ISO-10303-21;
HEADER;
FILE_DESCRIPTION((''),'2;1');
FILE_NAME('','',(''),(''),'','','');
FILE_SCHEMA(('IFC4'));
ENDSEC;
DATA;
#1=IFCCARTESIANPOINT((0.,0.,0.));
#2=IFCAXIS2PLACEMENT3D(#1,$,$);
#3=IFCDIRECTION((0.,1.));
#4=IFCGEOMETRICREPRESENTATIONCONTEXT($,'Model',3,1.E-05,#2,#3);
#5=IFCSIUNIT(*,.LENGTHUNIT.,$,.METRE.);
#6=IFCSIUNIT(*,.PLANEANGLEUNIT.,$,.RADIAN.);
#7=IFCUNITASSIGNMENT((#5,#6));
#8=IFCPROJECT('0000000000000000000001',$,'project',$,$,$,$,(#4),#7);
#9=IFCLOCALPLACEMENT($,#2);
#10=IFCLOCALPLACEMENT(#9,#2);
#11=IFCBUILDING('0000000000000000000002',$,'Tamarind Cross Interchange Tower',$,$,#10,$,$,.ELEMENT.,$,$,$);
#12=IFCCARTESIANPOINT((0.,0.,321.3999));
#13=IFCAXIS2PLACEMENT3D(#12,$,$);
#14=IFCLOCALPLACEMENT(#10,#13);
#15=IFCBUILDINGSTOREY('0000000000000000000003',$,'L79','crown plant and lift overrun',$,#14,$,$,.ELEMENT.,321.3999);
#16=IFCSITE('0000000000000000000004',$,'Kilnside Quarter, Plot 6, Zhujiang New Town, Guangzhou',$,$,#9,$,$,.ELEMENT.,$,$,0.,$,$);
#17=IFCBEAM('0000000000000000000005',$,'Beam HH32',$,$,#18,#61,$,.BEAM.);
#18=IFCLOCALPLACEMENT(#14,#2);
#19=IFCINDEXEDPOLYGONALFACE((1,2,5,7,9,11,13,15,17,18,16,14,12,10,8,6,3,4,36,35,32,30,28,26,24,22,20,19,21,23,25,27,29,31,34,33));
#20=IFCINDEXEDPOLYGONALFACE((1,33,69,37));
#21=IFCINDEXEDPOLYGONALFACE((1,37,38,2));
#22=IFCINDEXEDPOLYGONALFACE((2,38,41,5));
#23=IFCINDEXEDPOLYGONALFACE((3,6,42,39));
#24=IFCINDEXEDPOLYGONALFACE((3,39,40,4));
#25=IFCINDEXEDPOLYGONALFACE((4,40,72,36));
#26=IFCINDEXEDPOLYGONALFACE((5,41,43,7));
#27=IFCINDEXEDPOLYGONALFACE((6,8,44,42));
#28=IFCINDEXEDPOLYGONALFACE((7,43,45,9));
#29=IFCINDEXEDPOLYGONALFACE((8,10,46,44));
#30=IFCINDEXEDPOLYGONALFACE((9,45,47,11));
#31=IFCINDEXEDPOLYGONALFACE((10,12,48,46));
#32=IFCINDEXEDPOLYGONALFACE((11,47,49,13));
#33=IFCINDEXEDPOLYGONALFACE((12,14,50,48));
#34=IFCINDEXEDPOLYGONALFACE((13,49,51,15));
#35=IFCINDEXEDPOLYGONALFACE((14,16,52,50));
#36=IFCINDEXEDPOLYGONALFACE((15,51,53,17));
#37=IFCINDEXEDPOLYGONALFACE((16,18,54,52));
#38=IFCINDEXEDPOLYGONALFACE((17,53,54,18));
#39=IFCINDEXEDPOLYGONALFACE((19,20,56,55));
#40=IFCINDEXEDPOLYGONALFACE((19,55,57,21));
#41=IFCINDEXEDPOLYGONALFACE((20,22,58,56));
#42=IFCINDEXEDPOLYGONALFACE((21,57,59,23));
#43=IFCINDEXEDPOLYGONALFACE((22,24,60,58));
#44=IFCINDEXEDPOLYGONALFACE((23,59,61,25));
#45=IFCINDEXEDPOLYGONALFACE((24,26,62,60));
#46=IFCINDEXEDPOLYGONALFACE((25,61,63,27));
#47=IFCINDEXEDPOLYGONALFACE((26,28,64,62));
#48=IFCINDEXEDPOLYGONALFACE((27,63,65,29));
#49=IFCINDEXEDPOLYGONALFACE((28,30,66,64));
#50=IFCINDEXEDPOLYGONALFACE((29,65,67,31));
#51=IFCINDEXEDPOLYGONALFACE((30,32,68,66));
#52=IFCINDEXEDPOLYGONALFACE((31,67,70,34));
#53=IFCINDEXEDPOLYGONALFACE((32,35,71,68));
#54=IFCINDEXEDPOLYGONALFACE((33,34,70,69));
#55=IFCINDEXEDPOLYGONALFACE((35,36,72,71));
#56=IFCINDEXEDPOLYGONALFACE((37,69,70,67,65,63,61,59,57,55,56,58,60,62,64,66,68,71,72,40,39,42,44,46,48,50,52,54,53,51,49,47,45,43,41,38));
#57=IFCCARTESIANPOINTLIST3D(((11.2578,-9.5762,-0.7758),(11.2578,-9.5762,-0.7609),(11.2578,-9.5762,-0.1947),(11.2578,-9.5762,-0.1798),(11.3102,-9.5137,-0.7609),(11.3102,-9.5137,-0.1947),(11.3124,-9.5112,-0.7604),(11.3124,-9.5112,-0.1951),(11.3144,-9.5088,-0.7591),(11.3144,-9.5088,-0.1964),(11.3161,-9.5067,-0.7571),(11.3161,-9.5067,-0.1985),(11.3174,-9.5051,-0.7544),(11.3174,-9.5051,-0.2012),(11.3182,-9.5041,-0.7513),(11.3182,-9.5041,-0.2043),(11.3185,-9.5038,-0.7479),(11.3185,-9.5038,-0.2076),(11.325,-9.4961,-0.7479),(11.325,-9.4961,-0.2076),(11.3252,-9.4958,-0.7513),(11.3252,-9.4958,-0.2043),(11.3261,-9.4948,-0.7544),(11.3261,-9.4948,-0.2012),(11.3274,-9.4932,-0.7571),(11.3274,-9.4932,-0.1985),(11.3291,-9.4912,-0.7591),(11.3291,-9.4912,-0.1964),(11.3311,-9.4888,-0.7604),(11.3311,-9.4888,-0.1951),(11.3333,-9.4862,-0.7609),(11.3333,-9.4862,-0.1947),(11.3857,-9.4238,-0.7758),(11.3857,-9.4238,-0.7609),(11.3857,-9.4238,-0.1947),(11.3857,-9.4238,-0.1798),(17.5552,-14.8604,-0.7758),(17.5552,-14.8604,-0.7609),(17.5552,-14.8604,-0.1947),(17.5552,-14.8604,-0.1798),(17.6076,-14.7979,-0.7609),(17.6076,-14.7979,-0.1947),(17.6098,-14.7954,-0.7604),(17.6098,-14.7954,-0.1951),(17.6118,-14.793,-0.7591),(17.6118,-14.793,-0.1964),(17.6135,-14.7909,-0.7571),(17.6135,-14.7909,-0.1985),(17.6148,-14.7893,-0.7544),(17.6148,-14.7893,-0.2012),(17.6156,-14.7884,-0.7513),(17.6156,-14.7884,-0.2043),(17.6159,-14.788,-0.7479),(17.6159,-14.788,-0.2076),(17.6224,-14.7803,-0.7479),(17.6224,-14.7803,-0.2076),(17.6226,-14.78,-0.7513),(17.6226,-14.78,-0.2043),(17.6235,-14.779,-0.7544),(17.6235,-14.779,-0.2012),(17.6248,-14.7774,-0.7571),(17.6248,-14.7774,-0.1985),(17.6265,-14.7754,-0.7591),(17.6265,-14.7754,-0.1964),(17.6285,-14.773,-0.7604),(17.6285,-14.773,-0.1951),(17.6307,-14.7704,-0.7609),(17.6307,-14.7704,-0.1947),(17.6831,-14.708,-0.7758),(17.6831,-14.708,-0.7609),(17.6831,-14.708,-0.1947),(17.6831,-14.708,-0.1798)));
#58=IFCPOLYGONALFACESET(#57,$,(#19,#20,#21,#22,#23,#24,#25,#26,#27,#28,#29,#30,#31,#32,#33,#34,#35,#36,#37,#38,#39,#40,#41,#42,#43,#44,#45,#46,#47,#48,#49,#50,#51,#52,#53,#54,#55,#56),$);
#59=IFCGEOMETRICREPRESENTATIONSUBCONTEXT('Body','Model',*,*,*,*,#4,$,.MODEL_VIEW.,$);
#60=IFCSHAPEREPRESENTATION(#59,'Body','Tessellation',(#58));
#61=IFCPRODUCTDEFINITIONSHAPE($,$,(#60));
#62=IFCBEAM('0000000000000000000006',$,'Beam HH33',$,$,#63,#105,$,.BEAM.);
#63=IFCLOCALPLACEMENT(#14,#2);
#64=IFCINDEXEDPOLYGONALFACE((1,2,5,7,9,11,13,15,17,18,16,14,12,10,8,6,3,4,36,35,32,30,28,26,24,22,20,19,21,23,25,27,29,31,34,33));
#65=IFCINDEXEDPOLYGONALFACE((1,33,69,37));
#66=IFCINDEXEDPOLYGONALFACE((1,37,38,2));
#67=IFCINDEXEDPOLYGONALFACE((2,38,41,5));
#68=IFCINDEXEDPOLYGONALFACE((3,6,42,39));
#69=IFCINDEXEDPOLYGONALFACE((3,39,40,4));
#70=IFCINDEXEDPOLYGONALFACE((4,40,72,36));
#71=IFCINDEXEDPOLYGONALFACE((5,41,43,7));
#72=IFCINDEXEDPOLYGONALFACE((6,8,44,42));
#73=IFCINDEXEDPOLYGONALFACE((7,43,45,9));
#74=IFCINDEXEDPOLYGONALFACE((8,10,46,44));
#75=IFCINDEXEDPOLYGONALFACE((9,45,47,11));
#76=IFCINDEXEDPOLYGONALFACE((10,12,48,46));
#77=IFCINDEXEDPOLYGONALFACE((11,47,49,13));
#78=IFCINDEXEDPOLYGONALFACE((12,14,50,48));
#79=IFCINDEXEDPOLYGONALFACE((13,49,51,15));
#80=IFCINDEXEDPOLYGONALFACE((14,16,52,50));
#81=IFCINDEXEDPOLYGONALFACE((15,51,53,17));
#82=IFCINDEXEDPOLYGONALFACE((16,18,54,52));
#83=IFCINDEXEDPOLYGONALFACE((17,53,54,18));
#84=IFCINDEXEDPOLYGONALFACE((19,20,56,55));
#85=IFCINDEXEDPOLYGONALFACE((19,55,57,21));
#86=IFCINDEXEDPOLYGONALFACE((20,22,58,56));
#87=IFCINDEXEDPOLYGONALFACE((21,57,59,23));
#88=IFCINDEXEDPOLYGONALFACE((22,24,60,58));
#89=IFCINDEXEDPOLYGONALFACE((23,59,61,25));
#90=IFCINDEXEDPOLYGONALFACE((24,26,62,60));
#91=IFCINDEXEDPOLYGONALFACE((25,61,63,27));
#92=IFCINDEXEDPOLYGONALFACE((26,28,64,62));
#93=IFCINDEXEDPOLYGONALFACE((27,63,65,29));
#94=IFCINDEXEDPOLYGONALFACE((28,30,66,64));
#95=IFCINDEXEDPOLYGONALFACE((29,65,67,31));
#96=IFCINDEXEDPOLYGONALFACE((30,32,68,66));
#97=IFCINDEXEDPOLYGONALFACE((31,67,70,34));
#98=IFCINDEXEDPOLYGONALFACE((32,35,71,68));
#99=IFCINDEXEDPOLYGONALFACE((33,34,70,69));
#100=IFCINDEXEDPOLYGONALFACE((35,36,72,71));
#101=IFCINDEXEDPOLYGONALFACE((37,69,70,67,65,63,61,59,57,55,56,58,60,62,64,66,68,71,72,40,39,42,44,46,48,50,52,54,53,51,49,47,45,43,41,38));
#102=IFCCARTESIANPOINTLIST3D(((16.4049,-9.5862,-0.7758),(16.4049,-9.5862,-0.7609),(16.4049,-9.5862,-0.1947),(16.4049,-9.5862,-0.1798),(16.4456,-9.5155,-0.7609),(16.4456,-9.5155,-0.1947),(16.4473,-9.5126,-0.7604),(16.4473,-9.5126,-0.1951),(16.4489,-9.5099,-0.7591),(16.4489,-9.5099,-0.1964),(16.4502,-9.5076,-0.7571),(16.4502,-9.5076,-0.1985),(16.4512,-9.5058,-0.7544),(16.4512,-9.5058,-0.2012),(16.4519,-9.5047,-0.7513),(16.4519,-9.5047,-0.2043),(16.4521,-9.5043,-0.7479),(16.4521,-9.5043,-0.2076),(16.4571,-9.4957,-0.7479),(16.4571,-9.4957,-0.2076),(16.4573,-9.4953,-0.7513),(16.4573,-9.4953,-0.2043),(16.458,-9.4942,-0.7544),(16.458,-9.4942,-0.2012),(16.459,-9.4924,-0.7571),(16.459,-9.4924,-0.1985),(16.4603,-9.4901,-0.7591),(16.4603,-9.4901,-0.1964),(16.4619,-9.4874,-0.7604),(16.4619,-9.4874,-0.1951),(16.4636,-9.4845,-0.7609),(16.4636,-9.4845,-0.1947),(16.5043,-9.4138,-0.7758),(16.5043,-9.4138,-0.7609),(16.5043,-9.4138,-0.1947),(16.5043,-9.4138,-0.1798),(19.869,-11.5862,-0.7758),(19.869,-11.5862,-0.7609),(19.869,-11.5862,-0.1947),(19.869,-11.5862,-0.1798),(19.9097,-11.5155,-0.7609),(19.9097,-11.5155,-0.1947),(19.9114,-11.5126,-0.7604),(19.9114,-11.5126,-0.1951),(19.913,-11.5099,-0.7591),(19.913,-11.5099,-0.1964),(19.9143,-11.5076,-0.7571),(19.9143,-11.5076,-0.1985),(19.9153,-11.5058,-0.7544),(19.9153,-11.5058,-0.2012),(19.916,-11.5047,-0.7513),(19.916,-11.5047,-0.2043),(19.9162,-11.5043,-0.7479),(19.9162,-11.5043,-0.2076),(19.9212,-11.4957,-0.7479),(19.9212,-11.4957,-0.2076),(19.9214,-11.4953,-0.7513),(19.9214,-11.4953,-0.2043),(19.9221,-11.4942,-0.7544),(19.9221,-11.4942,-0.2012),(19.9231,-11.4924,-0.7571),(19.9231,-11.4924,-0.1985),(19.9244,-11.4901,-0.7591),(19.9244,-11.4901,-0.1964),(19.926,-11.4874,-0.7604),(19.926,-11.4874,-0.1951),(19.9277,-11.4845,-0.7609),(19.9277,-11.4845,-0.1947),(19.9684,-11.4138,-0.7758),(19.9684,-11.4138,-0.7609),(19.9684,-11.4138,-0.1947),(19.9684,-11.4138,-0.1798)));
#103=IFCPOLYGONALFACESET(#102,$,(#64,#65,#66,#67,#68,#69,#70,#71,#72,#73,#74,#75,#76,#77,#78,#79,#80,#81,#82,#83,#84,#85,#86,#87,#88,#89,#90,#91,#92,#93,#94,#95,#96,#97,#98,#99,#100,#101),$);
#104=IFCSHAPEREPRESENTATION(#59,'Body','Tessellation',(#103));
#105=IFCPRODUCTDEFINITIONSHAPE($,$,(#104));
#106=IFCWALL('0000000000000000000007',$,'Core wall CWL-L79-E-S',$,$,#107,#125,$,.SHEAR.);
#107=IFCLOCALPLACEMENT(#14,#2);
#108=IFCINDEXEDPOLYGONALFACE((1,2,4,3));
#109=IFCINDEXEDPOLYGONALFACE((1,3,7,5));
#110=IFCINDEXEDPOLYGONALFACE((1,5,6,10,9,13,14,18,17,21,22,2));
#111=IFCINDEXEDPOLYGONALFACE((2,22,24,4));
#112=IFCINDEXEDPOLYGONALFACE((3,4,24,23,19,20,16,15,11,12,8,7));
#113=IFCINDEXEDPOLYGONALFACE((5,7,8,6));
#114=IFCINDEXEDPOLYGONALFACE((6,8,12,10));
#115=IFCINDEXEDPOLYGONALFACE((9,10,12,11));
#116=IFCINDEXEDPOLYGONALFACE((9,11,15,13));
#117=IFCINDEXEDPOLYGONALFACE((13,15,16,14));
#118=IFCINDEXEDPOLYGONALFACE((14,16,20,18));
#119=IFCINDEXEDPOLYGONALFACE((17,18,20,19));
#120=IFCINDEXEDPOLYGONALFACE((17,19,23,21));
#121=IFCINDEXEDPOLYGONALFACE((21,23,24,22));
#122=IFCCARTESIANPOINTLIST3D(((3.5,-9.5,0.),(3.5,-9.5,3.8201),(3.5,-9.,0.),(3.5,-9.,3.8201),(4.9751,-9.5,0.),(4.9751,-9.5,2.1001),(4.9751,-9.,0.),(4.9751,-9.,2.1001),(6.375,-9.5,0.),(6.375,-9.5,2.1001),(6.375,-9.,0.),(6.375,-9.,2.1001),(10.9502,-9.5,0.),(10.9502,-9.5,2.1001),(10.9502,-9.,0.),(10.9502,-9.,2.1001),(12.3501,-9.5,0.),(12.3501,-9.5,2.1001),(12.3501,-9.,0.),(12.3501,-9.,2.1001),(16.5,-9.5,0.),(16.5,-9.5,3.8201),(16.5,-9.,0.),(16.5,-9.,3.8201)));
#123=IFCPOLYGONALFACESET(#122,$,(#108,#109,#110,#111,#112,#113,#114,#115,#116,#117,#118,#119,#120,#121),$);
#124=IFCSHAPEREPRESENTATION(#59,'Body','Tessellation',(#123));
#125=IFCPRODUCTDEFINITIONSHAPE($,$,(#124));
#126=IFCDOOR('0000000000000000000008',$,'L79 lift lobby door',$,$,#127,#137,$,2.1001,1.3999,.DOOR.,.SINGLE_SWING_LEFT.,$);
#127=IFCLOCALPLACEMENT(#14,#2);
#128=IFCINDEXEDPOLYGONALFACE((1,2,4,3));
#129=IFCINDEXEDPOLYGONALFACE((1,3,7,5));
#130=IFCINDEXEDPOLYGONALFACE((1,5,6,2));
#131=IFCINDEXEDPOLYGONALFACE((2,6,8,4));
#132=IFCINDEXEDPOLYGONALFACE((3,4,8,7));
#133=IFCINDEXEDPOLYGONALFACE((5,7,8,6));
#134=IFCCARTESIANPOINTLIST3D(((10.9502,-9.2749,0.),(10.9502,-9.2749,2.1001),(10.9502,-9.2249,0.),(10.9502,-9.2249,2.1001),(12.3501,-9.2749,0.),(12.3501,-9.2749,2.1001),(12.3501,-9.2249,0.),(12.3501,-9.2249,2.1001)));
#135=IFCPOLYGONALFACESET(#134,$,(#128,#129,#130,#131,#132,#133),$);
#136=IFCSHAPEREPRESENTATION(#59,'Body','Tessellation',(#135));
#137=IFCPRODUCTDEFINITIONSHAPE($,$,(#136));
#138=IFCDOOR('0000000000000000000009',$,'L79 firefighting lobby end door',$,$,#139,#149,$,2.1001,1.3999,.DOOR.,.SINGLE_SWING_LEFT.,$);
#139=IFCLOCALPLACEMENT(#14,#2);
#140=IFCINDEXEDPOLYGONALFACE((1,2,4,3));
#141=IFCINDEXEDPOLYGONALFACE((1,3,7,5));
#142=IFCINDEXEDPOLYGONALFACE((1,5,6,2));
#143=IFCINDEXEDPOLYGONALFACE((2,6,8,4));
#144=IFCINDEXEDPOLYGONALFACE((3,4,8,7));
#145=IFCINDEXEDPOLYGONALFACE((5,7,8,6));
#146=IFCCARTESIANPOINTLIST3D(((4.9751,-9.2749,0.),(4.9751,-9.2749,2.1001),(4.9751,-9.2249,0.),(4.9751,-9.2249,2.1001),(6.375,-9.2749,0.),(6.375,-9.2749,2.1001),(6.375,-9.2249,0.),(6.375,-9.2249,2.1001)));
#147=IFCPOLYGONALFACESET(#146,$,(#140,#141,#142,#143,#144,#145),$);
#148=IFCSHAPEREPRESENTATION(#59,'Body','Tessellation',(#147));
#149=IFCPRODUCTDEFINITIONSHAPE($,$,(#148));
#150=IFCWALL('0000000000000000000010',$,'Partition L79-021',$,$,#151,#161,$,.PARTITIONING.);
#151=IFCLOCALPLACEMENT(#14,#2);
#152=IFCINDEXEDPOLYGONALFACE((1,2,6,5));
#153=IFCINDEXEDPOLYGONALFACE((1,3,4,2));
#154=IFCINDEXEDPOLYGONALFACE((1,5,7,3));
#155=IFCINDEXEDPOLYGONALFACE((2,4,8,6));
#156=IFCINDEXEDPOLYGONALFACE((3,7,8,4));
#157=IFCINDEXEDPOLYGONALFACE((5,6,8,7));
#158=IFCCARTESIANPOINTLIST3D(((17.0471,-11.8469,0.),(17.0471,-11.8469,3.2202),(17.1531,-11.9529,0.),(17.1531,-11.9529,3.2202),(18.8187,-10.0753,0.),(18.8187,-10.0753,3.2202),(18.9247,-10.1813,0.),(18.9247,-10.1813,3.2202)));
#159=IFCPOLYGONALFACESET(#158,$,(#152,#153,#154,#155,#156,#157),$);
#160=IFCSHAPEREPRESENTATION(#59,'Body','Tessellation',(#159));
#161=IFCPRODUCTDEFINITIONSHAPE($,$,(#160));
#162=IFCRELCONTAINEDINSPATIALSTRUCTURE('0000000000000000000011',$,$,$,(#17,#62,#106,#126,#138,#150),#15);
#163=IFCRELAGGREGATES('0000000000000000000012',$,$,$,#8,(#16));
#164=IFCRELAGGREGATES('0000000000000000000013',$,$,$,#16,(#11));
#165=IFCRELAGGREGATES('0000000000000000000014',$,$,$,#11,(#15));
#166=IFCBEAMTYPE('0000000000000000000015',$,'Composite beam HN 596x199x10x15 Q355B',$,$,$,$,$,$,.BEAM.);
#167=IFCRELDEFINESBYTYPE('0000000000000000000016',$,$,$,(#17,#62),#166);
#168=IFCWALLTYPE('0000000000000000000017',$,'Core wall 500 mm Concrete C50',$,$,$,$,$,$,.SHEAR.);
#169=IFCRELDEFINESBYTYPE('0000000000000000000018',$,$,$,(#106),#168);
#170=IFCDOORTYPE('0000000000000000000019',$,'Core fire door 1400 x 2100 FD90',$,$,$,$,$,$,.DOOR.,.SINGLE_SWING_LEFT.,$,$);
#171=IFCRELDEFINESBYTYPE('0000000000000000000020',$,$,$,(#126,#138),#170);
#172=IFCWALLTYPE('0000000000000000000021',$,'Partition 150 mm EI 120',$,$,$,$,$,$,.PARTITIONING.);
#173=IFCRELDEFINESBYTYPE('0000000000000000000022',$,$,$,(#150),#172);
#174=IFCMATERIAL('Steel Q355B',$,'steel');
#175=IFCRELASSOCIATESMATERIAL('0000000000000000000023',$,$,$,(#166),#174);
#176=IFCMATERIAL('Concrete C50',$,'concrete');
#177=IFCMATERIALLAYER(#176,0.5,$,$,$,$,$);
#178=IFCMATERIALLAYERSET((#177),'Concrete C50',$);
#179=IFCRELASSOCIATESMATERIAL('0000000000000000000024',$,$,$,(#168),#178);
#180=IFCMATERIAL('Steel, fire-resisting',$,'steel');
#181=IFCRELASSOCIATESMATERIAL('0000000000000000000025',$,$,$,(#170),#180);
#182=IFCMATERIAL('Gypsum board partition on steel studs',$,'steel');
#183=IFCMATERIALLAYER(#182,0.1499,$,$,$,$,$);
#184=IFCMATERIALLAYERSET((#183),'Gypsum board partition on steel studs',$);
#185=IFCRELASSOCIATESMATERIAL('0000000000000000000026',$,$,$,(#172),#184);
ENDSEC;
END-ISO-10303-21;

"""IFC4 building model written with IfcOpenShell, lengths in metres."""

from ifc_helpers import new_model, si_unit, direction, frame, frame_2d, origin, origin_2d, place, context, subcontext, project, spatial, rectangle, i_section, extrude, material, layer, layer_set, material_profile, profile_set, type_object, element, fill, save


model = new_model("IFC4")

# Units and contexts
model_context = context("Model", 3, precision=1e-05, world=origin(), true_north=direction((0.0, 1.0)))
body_context = subcontext(model_context, "Body", "Model", "MODEL_VIEW")
ifc_project = project(units=[si_unit("LENGTHUNIT", "METRE"), si_unit("PLANEANGLEUNIT", "RADIAN")], contexts=[model_context])

# Site, building, storey
site_placement = place(None, origin())
site = spatial("IfcSite", under=ifc_project, at=site_placement, Name="Kilnside Quarter, Plot 6, Zhujiang New Town, Guangzhou", CompositionType="ELEMENT", RefElevation=0.0)
building_placement = place(site_placement, origin())
building = spatial("IfcBuilding", under=site, at=building_placement, Name="Tamarind Cross Interchange Tower", CompositionType="ELEMENT")
storey_placement = place(building_placement, frame((0.0, 0.0, 321.3999)))
storey = spatial("IfcBuildingStorey", under=building, at=storey_placement, Name="L79", Description="crown plant and lift overrun", CompositionType="ELEMENT", Elevation=321.3999)

# Beams
ifc_material_1 = material(Name="Steel Q355B", Category="steel")
ifc_material_profile_1 = material_profile(ifc_material_1, i_section(OverallWidth=0.199, OverallDepth=0.5959, WebThickness=0.01, FlangeThickness=0.0149, FilletRadius=0.0129, at=origin_2d()), Name="HN 596x199x10x15")
ifc_profile_set_1 = profile_set([ifc_material_profile_1], Name="Steel Q355B")
beam_type = type_object("IfcBeamType", Name="Composite beam HN 596x199x10x15 Q355B", PredefinedType="BEAM", material=ifc_profile_set_1)
beam_1_placement = place(storey_placement, frame((17.6191, -14.7842, -0.4778), z_axis=(-0.766041, 0.642792, 0.0), x_axis=(-0.642792, -0.766041, 0.0)))
element("IfcBeam", 1, at=beam_1_placement, inside=storey, type_object=beam_type, Name="Beam HH32", PredefinedType="BEAM", context=body_context, shape_type="SweptSolid", body=[
    extrude(i_section(OverallWidth=0.199, OverallDepth=0.5959, WebThickness=0.01, FlangeThickness=0.0149, FilletRadius=0.0129, at=origin_2d()), origin(), (0.0, 0.0, 1.0), 8.2207),
])
beam_2_placement = place(storey_placement, frame((19.9187, -11.5, -0.4778), z_axis=(-0.866026, 0.499999, 0.0), x_axis=(-0.499999, -0.866026, 0.0)))
element("IfcBeam", 2, at=beam_2_placement, inside=storey, type_object=beam_type, Name="Beam HH33", PredefinedType="BEAM", context=body_context, shape_type="SweptSolid", body=[
    extrude(i_section(OverallWidth=0.199, OverallDepth=0.5959, WebThickness=0.01, FlangeThickness=0.0149, FilletRadius=0.0129, at=origin_2d()), origin(), (0.0, 0.0, 1.0), 4.0),
])

# Wall, openings, doors
ifc_material_2 = material(Name="Concrete C50", Category="concrete")
ifc_layer_1 = layer(ifc_material_2, 0.5)
ifc_layer_set_1 = layer_set([ifc_layer_1], Name="Concrete C50")
wall_type_1 = type_object("IfcWallType", Name="Core wall 500 mm Concrete C50", PredefinedType="SHEAR", material=ifc_layer_set_1)
wall_1_placement = place(storey_placement, frame((16.5, -9.25, 0.0), z_axis=(0.0, 0.0, 1.0), x_axis=(-1.0, 0.0, 0.0)))
wall_1 = element("IfcWall", 3, at=wall_1_placement, inside=storey, type_object=wall_type_1, Name="Core wall CWL-L79-E-S", PredefinedType="SHEAR", context=body_context, shape_type="SweptSolid", body=[
    extrude(rectangle(XDim=13.0, YDim=0.5, at=frame_2d((6.5, 0.0))), origin(), (0.0, 0.0, 1.0), 3.8201),
])
opening_1_placement = place(wall_1_placement, frame((4.1499, 0.0, 0.0)))
opening_1 = element("IfcOpeningElement", 4, at=opening_1_placement, cuts=wall_1, PredefinedType="OPENING", context=body_context, shape_type="SweptSolid", body=[
    extrude(rectangle(XDim=1.3999, YDim=2.1001, at=frame_2d((0.7, 1.05))), frame((0.0, 0.26, 0.0), z_axis=(0.0, -1.0, 0.0), x_axis=(1.0, 0.0, 0.0)), (0.0, 0.0, 1.0), 0.52),
])
opening_2_placement = place(wall_1_placement, frame((10.125, 0.0, 0.0)))
opening_2 = element("IfcOpeningElement", 5, at=opening_2_placement, cuts=wall_1, PredefinedType="OPENING", context=body_context, shape_type="SweptSolid", body=[
    extrude(rectangle(XDim=1.3999, YDim=2.1001, at=frame_2d((0.7, 1.05))), frame((0.0, 0.26, 0.0), z_axis=(0.0, -1.0, 0.0), x_axis=(1.0, 0.0, 0.0)), (0.0, 0.0, 1.0), 0.52),
])
ifc_material_3 = material(Name="Steel, fire-resisting", Category="steel")
door_type_1 = type_object("IfcDoorType", Name="Core fire door 1400 x 2100 FD90", OperationType="SINGLE_SWING_LEFT", PredefinedType="DOOR", material=ifc_material_3)
door_1_placement = place(opening_1_placement, origin())
door_1 = element("IfcDoor", 6, at=door_1_placement, inside=storey, type_object=door_type_1, Name="L79 lift lobby door", OperationType="SINGLE_SWING_LEFT", OverallHeight=2.1001, OverallWidth=1.3999, PredefinedType="DOOR", context=body_context, shape_type="SweptSolid", body=[
    extrude(rectangle(XDim=1.3999, YDim=2.1001, at=frame_2d((0.7, 1.05))), frame((0.0, 0.0249, 0.0), z_axis=(0.0, -1.0, 0.0), x_axis=(1.0, 0.0, 0.0)), (0.0, 0.0, 1.0), 0.05),
])
fill(opening_1, door_1)
door_2_placement = place(opening_2_placement, origin())
door_2 = element("IfcDoor", 7, at=door_2_placement, inside=storey, type_object=door_type_1, Name="L79 firefighting lobby end door", OperationType="SINGLE_SWING_LEFT", OverallHeight=2.1001, OverallWidth=1.3999, PredefinedType="DOOR", context=body_context, shape_type="SweptSolid", body=[
    extrude(rectangle(XDim=1.3999, YDim=2.1001, at=frame_2d((0.7, 1.05))), frame((0.0, 0.0249, 0.0), z_axis=(0.0, -1.0, 0.0), x_axis=(1.0, 0.0, 0.0)), (0.0, 0.0, 1.0), 0.05),
])
fill(opening_2, door_2)

# Wall
ifc_material_4 = material(Name="Gypsum board partition on steel studs", Category="steel")
ifc_layer_2 = layer(ifc_material_4, 0.1499)
ifc_layer_set_2 = layer_set([ifc_layer_2], Name="Gypsum board partition on steel studs")
wall_type_2 = type_object("IfcWallType", Name="Partition 150 mm EI 120", PredefinedType="PARTITIONING", material=ifc_layer_set_2)
wall_2_placement = place(storey_placement, frame((17.1001, -11.8999, 0.0), z_axis=(0.0, 0.0, 1.0), x_axis=(0.707107, 0.707107, 0.0)))
element("IfcWall", 8, at=wall_2_placement, inside=storey, type_object=wall_type_2, Name="Partition L79-021", PredefinedType="PARTITIONING", context=body_context, shape_type="SweptSolid", body=[
    extrude(rectangle(XDim=2.5054, YDim=0.1499, at=frame_2d((1.2527, 0.0))), origin(), (0.0, 0.0, 1.0), 3.2202),
])

save(model, "model.ifc")
